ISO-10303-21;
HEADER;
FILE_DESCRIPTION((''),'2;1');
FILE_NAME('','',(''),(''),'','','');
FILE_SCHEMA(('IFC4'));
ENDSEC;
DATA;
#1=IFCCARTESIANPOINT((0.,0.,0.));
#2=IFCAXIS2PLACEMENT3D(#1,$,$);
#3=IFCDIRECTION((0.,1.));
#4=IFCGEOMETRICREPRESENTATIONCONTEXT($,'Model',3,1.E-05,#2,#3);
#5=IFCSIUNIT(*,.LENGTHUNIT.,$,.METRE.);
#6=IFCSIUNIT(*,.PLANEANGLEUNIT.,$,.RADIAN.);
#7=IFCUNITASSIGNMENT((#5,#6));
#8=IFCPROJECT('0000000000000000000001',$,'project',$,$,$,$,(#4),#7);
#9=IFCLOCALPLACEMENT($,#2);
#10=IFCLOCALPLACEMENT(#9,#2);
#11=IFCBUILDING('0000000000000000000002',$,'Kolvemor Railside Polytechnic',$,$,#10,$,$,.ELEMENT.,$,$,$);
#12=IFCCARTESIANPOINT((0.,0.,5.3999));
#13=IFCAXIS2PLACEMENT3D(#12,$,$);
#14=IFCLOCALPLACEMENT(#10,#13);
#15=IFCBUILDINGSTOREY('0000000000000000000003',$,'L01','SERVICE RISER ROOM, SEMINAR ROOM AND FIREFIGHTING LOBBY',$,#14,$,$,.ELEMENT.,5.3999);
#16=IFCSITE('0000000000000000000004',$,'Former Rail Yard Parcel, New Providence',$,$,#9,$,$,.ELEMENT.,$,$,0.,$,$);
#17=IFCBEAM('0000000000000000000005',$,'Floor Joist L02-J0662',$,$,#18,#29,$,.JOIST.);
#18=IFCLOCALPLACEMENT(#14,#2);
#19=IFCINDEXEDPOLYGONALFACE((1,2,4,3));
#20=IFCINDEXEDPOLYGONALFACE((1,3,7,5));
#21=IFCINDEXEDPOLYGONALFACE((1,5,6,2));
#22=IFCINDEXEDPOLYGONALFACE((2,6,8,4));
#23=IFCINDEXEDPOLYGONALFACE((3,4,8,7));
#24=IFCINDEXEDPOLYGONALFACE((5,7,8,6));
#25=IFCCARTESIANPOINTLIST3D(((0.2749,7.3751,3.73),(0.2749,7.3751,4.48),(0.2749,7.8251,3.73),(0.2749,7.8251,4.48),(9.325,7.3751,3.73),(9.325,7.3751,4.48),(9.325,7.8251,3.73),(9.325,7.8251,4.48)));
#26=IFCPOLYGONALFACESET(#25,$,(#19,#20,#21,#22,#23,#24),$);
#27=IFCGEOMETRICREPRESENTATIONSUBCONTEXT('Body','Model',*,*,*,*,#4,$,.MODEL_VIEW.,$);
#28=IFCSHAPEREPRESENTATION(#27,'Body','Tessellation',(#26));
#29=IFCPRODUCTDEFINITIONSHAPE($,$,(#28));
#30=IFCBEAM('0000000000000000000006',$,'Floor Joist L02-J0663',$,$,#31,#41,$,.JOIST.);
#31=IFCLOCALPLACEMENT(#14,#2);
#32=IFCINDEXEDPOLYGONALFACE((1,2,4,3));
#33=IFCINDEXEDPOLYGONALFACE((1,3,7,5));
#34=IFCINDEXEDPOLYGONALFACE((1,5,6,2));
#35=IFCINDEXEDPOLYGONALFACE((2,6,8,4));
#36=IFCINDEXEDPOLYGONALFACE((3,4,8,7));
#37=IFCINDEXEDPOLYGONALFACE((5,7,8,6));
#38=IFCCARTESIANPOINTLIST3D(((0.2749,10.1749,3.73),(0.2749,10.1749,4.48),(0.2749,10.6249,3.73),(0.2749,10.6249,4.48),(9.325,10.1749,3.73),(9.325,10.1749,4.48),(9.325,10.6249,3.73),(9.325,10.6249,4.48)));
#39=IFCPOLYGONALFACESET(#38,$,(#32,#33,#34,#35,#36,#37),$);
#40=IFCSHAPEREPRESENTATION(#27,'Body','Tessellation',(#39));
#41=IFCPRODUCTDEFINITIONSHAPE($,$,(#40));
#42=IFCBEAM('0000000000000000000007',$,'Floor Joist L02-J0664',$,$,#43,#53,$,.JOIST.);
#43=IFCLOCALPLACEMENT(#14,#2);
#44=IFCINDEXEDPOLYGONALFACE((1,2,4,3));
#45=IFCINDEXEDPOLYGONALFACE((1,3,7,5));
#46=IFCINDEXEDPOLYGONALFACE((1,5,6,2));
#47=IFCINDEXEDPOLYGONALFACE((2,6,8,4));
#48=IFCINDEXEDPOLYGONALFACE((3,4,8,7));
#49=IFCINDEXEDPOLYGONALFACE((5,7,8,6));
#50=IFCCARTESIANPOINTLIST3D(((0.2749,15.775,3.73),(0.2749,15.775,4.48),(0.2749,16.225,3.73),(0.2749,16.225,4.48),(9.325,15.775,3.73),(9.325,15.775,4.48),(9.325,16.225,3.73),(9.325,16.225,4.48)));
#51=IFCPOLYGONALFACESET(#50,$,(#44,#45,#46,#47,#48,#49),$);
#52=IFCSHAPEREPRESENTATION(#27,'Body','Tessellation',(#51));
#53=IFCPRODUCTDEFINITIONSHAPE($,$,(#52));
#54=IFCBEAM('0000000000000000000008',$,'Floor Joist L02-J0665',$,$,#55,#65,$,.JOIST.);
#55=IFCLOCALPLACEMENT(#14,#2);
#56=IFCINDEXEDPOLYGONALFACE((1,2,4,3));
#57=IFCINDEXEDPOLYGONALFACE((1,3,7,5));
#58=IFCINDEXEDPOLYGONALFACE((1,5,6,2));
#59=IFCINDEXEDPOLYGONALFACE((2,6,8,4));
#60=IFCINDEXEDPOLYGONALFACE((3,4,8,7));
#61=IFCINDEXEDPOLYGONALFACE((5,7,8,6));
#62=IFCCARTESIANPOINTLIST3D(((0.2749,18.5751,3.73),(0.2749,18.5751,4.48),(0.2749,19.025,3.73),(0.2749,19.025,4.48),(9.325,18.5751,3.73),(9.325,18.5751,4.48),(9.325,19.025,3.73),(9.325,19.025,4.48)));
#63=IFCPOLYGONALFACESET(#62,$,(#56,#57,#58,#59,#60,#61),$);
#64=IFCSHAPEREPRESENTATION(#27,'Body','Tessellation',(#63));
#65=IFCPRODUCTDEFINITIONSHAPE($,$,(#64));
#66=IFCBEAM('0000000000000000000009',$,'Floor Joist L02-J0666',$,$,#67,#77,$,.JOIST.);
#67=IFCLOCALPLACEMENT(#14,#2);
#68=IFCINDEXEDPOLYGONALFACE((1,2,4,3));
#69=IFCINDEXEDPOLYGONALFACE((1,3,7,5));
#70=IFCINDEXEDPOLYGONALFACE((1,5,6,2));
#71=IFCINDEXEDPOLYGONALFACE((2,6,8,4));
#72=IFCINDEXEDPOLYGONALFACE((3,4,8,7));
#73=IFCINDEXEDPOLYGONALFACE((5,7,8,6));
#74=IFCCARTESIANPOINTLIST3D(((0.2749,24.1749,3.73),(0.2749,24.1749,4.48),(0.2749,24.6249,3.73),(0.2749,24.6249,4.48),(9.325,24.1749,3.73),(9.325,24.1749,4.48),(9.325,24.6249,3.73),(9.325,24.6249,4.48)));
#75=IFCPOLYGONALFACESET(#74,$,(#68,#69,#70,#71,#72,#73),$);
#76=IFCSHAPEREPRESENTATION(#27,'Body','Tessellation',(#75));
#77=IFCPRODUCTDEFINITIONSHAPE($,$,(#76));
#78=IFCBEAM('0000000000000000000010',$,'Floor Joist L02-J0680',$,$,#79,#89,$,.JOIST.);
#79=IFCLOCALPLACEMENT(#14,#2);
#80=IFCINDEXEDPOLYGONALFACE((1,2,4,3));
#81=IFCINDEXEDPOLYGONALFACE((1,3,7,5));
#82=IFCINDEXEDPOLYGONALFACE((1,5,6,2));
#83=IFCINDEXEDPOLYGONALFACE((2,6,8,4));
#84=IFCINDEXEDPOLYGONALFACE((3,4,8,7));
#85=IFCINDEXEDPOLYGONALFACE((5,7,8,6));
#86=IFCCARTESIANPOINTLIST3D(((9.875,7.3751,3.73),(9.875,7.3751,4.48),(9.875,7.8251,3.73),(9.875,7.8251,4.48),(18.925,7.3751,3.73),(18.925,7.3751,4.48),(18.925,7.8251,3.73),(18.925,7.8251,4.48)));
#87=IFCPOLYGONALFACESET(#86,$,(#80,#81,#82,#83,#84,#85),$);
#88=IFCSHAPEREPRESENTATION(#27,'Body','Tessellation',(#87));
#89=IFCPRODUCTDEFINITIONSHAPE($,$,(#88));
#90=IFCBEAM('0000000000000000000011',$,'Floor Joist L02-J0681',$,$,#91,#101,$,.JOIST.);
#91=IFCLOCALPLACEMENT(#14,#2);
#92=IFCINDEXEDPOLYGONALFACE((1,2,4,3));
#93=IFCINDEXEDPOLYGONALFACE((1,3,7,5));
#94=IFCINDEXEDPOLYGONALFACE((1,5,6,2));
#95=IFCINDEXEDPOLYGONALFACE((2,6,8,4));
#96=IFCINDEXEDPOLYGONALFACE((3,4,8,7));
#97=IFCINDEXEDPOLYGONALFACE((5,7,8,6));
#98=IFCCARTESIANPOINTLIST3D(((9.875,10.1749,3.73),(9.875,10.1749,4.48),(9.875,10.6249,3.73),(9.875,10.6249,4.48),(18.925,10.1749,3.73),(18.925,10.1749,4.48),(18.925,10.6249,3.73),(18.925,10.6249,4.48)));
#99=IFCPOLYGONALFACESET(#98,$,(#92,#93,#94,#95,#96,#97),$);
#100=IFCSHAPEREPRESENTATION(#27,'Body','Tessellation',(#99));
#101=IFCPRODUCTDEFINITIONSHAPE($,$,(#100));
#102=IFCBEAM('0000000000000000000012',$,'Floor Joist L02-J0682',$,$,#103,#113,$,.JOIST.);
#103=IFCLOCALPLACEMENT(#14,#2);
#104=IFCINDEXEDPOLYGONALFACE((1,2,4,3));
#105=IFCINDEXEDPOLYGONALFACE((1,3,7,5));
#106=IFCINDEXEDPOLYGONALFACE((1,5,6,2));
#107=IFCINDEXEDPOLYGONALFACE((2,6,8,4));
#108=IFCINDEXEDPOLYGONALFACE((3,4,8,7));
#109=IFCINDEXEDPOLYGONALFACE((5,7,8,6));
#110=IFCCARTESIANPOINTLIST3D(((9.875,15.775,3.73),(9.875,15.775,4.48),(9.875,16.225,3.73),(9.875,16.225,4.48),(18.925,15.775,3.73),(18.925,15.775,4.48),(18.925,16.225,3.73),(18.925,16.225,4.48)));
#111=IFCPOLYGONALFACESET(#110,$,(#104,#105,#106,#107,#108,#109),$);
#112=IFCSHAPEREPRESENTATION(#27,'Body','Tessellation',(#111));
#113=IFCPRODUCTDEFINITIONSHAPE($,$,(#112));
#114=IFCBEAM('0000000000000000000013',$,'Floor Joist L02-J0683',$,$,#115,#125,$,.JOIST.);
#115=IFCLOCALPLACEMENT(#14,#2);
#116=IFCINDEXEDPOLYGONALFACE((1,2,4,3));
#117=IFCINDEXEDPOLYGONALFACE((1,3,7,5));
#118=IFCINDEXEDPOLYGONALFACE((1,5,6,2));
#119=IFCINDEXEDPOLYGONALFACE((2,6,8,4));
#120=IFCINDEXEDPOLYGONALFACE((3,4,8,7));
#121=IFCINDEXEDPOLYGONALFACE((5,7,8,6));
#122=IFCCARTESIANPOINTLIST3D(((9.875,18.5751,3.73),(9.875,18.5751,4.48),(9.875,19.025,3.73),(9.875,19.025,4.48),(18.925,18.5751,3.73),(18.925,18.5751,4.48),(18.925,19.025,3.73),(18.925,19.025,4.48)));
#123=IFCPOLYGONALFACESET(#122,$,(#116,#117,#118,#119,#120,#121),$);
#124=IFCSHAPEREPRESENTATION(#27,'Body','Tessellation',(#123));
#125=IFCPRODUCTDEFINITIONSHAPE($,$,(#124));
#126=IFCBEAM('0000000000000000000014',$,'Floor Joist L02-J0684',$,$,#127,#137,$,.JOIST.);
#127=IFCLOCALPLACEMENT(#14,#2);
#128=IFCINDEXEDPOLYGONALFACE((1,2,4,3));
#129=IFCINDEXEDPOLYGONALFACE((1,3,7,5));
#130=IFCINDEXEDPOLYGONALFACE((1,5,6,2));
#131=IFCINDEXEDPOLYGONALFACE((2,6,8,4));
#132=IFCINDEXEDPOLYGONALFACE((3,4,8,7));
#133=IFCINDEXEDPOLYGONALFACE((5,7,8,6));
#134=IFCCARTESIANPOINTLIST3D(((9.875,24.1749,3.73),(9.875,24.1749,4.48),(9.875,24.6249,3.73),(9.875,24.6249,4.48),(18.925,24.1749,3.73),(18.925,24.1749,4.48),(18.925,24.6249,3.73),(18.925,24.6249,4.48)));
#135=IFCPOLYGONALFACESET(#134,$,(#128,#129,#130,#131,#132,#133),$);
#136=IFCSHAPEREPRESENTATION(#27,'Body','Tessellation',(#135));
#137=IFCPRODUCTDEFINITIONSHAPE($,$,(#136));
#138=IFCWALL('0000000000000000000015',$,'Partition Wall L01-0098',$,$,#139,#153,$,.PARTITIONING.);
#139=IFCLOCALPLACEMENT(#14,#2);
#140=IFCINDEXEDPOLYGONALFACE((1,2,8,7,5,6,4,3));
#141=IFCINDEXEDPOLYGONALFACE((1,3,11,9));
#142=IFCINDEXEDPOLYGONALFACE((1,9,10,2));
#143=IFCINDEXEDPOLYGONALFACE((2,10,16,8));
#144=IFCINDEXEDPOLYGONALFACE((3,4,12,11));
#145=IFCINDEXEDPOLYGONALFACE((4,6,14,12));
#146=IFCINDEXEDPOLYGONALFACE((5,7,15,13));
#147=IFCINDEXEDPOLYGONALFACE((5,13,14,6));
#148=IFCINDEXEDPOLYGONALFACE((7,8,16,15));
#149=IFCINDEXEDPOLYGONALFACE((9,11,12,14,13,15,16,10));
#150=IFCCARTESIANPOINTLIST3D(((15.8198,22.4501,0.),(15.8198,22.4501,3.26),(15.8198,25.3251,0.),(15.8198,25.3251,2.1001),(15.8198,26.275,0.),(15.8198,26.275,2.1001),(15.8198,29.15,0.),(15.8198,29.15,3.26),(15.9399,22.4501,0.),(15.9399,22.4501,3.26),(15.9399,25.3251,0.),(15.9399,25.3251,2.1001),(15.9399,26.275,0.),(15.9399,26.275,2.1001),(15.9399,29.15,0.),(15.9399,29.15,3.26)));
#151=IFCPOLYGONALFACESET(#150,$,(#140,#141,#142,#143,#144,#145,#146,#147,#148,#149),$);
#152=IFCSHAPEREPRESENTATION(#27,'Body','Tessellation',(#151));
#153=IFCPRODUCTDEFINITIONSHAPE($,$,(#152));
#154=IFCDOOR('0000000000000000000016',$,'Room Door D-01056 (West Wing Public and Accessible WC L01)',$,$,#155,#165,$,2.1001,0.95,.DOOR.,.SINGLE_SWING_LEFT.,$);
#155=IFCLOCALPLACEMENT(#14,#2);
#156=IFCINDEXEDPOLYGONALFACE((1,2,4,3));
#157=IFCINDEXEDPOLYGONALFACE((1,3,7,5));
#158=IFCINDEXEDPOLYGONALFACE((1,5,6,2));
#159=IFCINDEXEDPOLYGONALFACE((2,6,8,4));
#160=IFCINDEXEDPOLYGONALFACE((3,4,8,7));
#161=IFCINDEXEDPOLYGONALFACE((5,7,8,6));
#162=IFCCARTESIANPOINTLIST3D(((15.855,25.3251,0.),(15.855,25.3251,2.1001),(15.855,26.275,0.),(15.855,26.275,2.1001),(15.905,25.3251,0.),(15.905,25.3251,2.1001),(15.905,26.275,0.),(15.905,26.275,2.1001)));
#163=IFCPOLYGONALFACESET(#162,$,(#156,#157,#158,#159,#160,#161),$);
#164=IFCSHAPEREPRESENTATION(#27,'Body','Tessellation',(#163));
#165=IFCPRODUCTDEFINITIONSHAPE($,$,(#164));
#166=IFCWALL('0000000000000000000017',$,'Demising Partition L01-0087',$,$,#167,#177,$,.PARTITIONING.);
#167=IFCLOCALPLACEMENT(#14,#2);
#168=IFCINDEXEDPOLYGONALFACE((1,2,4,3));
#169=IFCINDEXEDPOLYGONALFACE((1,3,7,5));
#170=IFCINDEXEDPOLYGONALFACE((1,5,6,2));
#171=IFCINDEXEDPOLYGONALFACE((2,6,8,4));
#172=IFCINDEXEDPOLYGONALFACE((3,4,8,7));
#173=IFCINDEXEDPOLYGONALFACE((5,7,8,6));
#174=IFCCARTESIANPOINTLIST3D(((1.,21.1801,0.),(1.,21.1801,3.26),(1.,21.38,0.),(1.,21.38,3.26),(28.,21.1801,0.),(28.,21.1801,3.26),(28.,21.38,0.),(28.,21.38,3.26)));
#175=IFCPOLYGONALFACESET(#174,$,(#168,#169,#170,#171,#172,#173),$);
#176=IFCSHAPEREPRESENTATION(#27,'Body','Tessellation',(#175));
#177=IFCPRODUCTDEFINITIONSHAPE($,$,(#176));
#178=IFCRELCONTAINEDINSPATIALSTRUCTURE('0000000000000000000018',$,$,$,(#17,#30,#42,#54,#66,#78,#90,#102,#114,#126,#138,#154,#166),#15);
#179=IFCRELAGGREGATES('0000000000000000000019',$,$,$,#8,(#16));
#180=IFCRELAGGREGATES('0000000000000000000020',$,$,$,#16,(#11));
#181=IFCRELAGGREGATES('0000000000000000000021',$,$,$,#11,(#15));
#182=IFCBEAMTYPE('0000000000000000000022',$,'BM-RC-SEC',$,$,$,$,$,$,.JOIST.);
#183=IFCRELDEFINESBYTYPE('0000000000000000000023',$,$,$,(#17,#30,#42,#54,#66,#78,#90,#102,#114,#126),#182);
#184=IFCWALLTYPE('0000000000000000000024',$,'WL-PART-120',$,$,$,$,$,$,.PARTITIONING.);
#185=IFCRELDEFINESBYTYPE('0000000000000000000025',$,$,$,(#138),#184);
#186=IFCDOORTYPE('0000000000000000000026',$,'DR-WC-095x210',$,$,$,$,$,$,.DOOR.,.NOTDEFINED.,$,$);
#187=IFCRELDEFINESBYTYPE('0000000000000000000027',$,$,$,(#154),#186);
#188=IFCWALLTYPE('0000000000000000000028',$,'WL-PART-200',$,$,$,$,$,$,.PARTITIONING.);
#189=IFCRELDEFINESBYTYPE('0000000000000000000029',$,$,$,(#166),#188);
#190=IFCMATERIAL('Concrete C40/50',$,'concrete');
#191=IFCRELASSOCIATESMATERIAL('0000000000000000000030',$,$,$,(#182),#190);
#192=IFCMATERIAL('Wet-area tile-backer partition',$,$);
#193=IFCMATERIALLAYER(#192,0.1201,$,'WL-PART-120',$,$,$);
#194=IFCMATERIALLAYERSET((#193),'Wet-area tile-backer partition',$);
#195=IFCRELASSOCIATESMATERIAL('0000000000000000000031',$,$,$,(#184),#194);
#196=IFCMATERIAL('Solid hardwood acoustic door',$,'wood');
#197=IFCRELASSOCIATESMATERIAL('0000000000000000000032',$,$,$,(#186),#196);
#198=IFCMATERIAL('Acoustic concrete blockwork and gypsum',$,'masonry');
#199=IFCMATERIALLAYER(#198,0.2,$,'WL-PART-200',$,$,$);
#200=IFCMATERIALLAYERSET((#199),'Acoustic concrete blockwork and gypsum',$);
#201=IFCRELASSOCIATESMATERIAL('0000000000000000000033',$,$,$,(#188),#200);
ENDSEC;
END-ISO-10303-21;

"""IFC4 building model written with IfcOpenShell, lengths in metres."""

from ifc_helpers import new_model, si_unit, direction, frame, frame_2d, origin, origin_2d, place, context, subcontext, project, spatial, rectangle, extrude, material, layer, layer_set, material_profile, profile_set, type_object, element, fill, save


model = new_model("IFC4")

# Units and contexts
model_context = context("Model", 3, precision=1e-05, world=origin(), true_north=direction((0.0, 1.0)))
body_context = subcontext(model_context, "Body", "Model", "MODEL_VIEW")
ifc_project = project(units=[si_unit("LENGTHUNIT", "METRE"), si_unit("PLANEANGLEUNIT", "RADIAN")], contexts=[model_context])

# Site, building, storey
site_placement = place(None, origin())
site = spatial("IfcSite", under=ifc_project, at=site_placement, Name="Former Rail Yard Parcel, New Providence", CompositionType="ELEMENT", RefElevation=0.0)
building_placement = place(site_placement, origin())
building = spatial("IfcBuilding", under=site, at=building_placement, Name="Kolvemor Railside Polytechnic", CompositionType="ELEMENT")
storey_placement = place(building_placement, frame((0.0, 0.0, 5.3999)))
storey = spatial("IfcBuildingStorey", under=building, at=storey_placement, Name="L01", Description="SERVICE RISER ROOM, SEMINAR ROOM AND FIREFIGHTING LOBBY", CompositionType="ELEMENT", Elevation=5.3999)

# Beams
ifc_material_1 = material(Name="Concrete C40/50", Category="concrete")
ifc_material_profile_1 = material_profile(ifc_material_1, rectangle(XDim=0.45, YDim=0.75, at=origin_2d()), Name="RC450x750")
ifc_profile_set_1 = profile_set([ifc_material_profile_1], Name="Concrete C40/50")
beam_type_1 = type_object("IfcBeamType", Name="BM-RC-SEC", PredefinedType="JOIST", material=ifc_profile_set_1)
for number, where, z_axis, x_axis, name in (
    (1, (0.2749, 7.6001, 4.105), (1.0, 0.0, 0.0), (0.0, 1.0, 0.0), "Floor Joist L02-J0662"),
    (2, (0.2749, 10.3999, 4.105), (1.0, 0.0, 0.0), (0.0, 1.0, 0.0), "Floor Joist L02-J0663"),
    (3, (0.2749, 16.0, 4.105), (1.0, 0.0, 0.0), (0.0, 1.0, 0.0), "Floor Joist L02-J0664"),
    (4, (0.2749, 18.8, 4.105), (1.0, 0.0, 0.0), (0.0, 1.0, 0.0), "Floor Joist L02-J0665"),
    (5, (0.2749, 24.3999, 4.105), (1.0, 0.0, 0.0), (0.0, 1.0, 0.0), "Floor Joist L02-J0666"),
    (6, (9.875, 7.6001, 4.105), (1.0, 0.0, 0.0), (0.0, 1.0, 0.0), "Floor Joist L02-J0680"),
    (7, (9.875, 10.3999, 4.105), (1.0, 0.0, 0.0), (0.0, 1.0, 0.0), "Floor Joist L02-J0681"),
    (8, (9.875, 16.0, 4.105), (1.0, 0.0, 0.0), (0.0, 1.0, 0.0), "Floor Joist L02-J0682"),
    (9, (9.875, 18.8, 4.105), (1.0, 0.0, 0.0), (0.0, 1.0, 0.0), "Floor Joist L02-J0683"),
    (10, (9.875, 24.3999, 4.105), (1.0, 0.0, 0.0), (0.0, 1.0, 0.0), "Floor Joist L02-J0684"),
):
    element("IfcBeam", number, at=place(storey_placement, frame(where, z_axis=z_axis, x_axis=x_axis)), inside=storey, type_object=beam_type_1, Name=name, PredefinedType="JOIST", context=body_context, shape_type="SweptSolid", body=[
        extrude(rectangle(XDim=0.45, YDim=0.75, at=origin_2d()), origin(), (0.0, 0.0, 1.0), 9.05),
    ])

# Wall, opening, door
ifc_material_2 = material(Name="Wet-area tile-backer partition")
ifc_layer_1 = layer(ifc_material_2, 0.1201, Name="WL-PART-120")
ifc_layer_set_1 = layer_set([ifc_layer_1], Name="Wet-area tile-backer partition")
wall_type_1 = type_object("IfcWallType", Name="WL-PART-120", PredefinedType="PARTITIONING", material=ifc_layer_set_1)
wall_1_placement = place(storey_placement, frame((15.8799, 22.45, 0.0), z_axis=(0.0, 0.0, 1.0), x_axis=(0.0, 1.0, 0.0)))
wall_1 = element("IfcWall", 11, at=wall_1_placement, inside=storey, type_object=wall_type_1, Name="Partition Wall L01-0098", PredefinedType="PARTITIONING", context=body_context, shape_type="SweptSolid", body=[
    extrude(rectangle(XDim=6.7, YDim=0.1201, at=frame_2d((3.3501, 0.0))), origin(), (0.0, 0.0, 1.0), 3.26),
])
opening_placement = place(wall_1_placement, frame((2.875, 0.0, 0.0)))
opening = element("IfcOpeningElement", 12, at=opening_placement, cuts=wall_1, PredefinedType="OPENING", context=body_context, shape_type="SweptSolid", body=[
    extrude(rectangle(XDim=0.95, YDim=2.1001, at=frame_2d((0.4751, 1.05))), frame((0.0, 0.0701, 0.0), z_axis=(0.0, -1.0, 0.0), x_axis=(1.0, 0.0, 0.0)), (0.0, 0.0, 1.0), 0.1401),
])
ifc_material_3 = material(Name="Solid hardwood acoustic door", Category="wood")
door_type = type_object("IfcDoorType", Name="DR-WC-095x210", OperationType="NOTDEFINED", PredefinedType="DOOR", material=ifc_material_3)
door_placement = place(opening_placement, origin())
door = element("IfcDoor", 13, at=door_placement, inside=storey, type_object=door_type, Name="Room Door D-01056 (West Wing Public and Accessible WC L01)", OperationType="SINGLE_SWING_LEFT", OverallHeight=2.1001, OverallWidth=0.95, PredefinedType="DOOR", context=body_context, shape_type="SweptSolid", body=[
    extrude(rectangle(XDim=0.95, YDim=2.1001, at=frame_2d((0.4751, 1.05))), frame((0.0, 0.0249, 0.0), z_axis=(0.0, -1.0, 0.0), x_axis=(1.0, 0.0, 0.0)), (0.0, 0.0, 1.0), 0.05),
])
fill(opening, door)

# Wall
ifc_material_4 = material(Name="Acoustic concrete blockwork and gypsum", Category="masonry")
ifc_layer_2 = layer(ifc_material_4, 0.2, Name="WL-PART-200")
ifc_layer_set_2 = layer_set([ifc_layer_2], Name="Acoustic concrete blockwork and gypsum")
wall_type_2 = type_object("IfcWallType", Name="WL-PART-200", PredefinedType="PARTITIONING", material=ifc_layer_set_2)
wall_2_placement = place(storey_placement, frame((1.0, 21.28, 0.0), z_axis=(0.0, 0.0, 1.0), x_axis=(1.0, 0.0, 0.0)))
element("IfcWall", 14, at=wall_2_placement, inside=storey, type_object=wall_type_2, Name="Demising Partition L01-0087", PredefinedType="PARTITIONING", context=body_context, shape_type="SweptSolid", body=[
    extrude(rectangle(XDim=27.0, YDim=0.2, at=frame_2d((13.5, 0.0))), origin(), (0.0, 0.0, 1.0), 3.26),
])

save(model, "model.ifc")
